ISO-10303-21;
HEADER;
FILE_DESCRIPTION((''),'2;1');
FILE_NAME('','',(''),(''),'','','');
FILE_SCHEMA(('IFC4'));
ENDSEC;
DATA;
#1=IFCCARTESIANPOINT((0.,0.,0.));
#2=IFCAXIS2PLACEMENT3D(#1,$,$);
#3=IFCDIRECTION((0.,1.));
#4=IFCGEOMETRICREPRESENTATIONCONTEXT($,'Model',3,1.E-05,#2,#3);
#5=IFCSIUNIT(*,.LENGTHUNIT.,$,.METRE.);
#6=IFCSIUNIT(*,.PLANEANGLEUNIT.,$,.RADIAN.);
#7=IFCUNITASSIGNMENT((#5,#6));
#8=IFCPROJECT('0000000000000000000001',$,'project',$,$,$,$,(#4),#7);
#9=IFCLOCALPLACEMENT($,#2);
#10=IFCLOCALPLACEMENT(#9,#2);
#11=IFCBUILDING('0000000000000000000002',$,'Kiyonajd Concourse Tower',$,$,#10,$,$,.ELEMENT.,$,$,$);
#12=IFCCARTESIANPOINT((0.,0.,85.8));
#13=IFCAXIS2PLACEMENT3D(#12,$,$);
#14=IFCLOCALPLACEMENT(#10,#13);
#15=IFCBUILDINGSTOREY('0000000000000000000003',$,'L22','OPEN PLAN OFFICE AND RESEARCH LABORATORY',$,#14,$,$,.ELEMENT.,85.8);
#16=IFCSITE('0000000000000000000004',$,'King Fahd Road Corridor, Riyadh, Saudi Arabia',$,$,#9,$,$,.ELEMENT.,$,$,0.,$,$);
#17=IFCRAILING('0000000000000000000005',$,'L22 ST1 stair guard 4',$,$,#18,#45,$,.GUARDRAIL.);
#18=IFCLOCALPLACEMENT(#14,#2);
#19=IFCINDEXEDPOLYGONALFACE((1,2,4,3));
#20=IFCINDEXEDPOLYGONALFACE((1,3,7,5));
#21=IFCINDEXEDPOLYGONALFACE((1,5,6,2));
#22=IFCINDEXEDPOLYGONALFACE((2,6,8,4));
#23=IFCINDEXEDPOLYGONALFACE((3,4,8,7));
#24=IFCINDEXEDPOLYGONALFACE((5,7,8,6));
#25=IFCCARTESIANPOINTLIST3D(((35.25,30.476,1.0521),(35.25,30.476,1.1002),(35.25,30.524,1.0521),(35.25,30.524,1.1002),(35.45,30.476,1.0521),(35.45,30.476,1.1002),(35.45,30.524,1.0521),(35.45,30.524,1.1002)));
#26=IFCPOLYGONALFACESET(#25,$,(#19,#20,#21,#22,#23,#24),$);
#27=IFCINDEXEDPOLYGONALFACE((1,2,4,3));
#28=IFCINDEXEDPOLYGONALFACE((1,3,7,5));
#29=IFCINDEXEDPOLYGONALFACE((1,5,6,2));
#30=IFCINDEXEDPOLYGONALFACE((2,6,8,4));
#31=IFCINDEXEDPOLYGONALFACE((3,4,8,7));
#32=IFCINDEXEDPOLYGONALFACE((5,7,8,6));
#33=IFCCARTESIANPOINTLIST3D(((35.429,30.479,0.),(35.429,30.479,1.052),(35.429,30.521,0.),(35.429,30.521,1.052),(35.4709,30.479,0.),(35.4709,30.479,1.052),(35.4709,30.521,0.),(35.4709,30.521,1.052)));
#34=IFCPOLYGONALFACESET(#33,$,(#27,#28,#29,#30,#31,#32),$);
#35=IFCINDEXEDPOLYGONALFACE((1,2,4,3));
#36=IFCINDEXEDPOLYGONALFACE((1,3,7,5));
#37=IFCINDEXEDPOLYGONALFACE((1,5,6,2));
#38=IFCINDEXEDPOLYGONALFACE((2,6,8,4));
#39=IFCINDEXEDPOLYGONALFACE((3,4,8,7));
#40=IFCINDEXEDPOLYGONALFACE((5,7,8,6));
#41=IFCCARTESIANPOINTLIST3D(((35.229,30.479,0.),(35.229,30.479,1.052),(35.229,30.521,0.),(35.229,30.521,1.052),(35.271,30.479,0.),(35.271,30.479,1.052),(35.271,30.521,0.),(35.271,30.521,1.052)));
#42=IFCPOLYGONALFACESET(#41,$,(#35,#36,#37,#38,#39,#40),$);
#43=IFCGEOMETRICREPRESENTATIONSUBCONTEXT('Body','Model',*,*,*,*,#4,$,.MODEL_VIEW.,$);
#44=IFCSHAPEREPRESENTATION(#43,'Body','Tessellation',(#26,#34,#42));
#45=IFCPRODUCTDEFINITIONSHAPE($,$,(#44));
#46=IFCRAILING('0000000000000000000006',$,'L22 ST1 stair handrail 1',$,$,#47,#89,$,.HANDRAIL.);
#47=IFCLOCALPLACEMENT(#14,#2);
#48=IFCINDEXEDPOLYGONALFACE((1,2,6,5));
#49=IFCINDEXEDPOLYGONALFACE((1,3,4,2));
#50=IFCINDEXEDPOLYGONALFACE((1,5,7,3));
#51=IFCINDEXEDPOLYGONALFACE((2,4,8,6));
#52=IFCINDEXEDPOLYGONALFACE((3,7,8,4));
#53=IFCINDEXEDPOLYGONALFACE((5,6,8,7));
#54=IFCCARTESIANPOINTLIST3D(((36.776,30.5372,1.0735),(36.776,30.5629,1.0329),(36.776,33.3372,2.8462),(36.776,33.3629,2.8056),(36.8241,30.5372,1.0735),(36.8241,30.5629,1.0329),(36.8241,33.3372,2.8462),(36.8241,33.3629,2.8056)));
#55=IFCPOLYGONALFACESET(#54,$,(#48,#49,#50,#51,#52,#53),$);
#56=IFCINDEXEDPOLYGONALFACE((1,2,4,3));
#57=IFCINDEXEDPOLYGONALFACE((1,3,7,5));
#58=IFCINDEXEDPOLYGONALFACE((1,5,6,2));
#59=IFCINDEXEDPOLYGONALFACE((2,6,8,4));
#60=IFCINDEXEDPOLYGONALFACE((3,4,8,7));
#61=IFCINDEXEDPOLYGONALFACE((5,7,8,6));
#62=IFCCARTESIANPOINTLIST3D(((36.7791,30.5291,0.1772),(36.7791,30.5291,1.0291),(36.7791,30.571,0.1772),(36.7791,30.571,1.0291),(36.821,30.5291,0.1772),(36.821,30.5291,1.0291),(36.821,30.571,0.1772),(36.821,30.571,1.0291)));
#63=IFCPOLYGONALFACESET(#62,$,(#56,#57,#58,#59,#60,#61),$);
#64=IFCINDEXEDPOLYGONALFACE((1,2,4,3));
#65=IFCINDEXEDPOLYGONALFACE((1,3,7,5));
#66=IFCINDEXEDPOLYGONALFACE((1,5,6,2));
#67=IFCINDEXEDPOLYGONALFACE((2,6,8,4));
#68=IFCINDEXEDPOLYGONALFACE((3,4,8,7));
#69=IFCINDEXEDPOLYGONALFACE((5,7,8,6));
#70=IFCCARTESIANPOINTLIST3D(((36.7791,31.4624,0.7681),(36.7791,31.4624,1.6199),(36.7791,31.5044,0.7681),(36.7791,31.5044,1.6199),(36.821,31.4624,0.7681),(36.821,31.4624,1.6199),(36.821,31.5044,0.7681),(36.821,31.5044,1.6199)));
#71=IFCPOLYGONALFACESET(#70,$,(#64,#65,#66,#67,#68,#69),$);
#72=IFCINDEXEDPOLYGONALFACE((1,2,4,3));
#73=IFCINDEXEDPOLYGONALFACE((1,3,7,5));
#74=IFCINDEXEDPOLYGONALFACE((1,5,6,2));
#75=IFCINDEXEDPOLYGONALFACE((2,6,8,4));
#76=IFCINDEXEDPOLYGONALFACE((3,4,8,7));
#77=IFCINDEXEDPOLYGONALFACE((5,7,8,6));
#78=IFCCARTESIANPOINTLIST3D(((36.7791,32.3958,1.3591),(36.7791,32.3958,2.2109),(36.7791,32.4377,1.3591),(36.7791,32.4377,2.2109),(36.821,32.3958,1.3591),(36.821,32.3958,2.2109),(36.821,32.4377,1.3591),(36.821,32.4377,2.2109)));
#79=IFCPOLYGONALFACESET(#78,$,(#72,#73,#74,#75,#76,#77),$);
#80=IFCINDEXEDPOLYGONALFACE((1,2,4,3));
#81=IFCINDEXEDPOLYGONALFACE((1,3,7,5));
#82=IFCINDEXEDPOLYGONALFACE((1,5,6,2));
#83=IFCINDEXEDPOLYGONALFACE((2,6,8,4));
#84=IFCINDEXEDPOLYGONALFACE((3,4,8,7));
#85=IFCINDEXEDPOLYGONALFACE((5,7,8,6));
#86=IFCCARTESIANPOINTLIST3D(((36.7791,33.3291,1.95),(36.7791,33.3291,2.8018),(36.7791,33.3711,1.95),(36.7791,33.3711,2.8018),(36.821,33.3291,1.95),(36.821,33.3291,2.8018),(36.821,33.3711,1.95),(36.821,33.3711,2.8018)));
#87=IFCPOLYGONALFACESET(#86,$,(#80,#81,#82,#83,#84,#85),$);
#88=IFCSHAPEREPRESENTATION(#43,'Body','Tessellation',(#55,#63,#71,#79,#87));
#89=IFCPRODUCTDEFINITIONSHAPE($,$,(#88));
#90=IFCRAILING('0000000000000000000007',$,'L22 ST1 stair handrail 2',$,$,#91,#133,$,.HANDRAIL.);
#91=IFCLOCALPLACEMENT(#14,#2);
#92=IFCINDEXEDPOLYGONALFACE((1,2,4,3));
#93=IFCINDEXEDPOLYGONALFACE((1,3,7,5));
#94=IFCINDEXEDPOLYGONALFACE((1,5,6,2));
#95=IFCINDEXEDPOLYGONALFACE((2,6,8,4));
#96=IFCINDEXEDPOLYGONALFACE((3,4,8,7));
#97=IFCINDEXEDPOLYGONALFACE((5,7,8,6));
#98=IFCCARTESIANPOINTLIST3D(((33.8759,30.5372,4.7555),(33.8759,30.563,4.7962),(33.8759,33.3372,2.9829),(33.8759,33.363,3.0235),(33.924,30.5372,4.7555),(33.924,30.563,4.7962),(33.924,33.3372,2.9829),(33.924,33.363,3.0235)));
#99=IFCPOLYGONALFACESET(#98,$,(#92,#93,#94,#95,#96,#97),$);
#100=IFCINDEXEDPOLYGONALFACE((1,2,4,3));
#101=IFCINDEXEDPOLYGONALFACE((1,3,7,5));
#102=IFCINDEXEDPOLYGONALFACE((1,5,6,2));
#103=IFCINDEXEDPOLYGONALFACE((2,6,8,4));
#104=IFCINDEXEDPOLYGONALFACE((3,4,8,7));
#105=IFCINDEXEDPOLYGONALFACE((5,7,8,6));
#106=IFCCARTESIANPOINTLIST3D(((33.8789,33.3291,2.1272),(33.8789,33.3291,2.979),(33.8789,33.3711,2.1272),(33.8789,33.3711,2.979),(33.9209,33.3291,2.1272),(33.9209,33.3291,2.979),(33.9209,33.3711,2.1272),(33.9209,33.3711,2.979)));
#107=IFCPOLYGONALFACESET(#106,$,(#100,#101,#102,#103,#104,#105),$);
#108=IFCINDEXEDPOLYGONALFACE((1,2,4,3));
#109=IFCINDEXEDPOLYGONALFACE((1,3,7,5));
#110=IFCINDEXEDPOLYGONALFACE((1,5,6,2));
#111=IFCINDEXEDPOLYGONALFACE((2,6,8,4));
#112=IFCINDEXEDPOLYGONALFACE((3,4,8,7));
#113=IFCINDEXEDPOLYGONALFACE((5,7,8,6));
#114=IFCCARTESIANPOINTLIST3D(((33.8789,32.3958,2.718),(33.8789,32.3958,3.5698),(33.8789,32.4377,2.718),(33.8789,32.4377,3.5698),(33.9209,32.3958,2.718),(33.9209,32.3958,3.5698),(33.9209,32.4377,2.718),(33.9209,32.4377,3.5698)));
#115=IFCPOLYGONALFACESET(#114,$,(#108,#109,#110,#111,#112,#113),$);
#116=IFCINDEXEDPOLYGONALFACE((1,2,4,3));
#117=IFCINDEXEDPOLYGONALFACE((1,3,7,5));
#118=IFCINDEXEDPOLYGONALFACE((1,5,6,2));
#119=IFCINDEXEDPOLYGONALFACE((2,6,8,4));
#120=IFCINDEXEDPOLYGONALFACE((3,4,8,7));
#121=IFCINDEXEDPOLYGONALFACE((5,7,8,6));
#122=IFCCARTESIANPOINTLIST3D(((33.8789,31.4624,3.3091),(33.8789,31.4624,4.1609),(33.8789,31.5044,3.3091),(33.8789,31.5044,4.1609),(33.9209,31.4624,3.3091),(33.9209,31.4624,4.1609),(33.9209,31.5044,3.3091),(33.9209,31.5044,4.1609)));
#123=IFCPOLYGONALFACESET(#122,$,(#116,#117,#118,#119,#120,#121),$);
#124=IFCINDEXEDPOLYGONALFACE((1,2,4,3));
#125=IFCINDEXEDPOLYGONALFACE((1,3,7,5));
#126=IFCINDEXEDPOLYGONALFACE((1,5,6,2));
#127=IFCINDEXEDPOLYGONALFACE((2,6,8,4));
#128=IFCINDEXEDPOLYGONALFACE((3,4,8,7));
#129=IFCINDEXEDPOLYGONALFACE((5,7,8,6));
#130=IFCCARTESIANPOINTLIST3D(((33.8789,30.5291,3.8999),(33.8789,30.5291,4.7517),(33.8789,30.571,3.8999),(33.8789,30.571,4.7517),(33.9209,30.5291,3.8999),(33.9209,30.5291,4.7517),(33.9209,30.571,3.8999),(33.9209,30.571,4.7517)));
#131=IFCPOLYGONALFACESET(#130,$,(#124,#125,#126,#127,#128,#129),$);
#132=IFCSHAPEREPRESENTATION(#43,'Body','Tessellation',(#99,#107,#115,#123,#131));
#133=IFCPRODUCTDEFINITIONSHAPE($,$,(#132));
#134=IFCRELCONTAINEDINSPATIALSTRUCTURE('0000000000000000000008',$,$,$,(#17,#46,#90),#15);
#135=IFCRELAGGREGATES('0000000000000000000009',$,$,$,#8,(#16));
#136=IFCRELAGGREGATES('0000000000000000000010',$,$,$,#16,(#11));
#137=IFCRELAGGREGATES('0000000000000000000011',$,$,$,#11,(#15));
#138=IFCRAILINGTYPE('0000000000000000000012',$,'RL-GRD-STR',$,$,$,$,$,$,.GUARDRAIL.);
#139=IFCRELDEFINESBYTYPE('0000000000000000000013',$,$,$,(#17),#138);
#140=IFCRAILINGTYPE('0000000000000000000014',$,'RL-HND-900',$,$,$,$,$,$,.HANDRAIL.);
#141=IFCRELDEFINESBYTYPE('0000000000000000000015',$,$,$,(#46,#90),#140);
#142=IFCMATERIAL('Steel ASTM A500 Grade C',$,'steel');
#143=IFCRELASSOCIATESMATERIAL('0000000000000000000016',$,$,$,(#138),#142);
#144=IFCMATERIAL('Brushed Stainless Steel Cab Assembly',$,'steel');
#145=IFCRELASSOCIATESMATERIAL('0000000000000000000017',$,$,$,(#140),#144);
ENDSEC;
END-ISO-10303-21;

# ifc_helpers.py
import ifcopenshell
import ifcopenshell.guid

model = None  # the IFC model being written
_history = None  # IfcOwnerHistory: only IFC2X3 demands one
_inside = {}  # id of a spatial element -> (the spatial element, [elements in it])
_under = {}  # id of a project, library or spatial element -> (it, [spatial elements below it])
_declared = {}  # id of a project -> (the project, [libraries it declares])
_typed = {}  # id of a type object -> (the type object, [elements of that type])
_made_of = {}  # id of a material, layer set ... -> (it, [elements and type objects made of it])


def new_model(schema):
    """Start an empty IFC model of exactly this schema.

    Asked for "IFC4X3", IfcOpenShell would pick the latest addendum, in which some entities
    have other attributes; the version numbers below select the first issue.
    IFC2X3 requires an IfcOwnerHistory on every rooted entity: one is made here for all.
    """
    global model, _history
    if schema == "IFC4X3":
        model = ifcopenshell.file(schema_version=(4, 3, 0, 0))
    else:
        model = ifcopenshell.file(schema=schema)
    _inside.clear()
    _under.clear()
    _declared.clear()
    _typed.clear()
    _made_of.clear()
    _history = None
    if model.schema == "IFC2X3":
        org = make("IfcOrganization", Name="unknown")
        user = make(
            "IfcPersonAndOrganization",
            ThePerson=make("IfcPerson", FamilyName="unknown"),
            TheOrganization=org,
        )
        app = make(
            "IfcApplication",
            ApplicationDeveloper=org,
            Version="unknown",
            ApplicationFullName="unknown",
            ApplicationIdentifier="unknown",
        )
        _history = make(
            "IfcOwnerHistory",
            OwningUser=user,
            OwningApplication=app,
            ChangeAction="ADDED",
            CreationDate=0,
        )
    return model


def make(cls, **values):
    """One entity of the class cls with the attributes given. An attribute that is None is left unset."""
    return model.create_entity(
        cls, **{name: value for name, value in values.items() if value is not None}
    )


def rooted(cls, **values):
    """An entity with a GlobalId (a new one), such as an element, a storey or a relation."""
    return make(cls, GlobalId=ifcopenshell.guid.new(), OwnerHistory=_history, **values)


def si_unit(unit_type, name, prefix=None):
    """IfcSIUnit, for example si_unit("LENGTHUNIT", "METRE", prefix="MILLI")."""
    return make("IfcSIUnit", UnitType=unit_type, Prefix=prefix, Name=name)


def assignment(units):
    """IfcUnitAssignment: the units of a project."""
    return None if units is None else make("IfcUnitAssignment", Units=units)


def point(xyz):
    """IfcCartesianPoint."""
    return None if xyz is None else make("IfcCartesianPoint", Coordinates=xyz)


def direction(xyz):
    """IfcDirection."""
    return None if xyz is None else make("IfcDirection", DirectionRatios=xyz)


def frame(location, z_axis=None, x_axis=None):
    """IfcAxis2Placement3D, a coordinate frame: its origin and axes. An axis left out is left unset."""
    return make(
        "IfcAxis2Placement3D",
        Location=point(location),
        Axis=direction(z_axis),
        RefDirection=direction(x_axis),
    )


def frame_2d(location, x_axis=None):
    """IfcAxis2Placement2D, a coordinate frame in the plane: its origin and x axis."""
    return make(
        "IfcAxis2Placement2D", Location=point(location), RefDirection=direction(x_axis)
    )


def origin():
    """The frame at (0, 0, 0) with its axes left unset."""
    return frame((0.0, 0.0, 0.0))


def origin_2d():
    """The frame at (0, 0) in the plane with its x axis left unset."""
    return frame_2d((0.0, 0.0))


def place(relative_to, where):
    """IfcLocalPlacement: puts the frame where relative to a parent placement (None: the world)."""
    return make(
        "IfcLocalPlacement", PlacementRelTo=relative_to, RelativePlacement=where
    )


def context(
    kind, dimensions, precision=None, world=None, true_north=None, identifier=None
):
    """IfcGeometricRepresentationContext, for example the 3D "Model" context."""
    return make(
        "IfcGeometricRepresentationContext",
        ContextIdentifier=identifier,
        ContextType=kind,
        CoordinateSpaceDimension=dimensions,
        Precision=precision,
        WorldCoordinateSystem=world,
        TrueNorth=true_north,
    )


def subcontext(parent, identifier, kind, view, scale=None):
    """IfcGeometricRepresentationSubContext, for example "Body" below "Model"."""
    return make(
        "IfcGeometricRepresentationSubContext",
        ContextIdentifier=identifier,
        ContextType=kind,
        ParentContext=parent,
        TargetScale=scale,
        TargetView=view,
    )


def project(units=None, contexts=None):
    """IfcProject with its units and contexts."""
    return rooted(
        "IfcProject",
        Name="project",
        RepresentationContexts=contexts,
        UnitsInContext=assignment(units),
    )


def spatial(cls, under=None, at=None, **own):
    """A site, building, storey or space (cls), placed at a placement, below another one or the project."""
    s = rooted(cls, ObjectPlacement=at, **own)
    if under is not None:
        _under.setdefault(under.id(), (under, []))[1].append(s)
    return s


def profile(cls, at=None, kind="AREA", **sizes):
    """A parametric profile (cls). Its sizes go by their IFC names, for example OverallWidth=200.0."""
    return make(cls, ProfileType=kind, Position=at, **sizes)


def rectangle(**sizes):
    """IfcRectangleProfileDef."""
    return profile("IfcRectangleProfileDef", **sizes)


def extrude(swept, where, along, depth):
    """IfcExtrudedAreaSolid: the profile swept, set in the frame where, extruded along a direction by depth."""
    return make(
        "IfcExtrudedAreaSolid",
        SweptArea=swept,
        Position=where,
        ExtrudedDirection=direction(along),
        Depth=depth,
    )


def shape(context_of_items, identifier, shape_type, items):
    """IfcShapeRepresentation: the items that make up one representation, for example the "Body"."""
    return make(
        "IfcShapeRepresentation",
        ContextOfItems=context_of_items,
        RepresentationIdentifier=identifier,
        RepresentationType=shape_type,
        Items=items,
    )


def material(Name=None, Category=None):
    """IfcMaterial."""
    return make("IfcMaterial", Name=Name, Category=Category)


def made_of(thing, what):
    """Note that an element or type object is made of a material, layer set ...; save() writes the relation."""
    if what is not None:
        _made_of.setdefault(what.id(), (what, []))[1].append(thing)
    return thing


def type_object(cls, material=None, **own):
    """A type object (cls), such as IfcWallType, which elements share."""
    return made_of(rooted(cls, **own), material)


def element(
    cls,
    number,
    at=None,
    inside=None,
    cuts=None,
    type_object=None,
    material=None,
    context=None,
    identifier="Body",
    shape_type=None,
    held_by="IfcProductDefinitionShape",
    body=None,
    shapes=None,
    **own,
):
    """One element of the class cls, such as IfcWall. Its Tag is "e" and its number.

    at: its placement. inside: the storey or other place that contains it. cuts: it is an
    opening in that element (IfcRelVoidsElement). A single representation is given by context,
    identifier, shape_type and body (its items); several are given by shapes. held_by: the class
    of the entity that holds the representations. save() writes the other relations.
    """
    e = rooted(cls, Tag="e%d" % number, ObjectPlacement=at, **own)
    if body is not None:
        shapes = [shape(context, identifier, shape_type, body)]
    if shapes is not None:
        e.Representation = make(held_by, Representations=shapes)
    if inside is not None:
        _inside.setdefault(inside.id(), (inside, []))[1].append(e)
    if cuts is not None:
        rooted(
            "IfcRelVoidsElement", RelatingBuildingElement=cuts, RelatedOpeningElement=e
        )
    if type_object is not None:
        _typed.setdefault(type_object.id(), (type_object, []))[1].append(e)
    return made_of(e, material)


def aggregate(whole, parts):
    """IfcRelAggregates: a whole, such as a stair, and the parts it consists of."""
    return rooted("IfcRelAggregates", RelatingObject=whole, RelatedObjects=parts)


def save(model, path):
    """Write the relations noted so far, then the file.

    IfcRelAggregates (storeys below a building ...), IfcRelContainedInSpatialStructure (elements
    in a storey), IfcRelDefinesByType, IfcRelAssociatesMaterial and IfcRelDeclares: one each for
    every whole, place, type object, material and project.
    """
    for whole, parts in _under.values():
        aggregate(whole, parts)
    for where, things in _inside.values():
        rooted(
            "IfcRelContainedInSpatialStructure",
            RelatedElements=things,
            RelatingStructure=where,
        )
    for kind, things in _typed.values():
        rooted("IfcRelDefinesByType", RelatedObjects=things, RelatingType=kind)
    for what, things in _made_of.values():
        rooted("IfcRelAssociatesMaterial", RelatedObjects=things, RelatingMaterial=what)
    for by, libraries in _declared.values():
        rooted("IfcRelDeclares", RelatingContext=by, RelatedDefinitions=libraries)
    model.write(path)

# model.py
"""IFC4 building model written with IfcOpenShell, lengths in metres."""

from ifc_helpers import new_model, si_unit, direction, frame, origin, origin_2d, place, context, subcontext, project, spatial, rectangle, extrude, material, type_object, element, save


model = new_model("IFC4")

# Units and contexts
model_context = context("Model", 3, precision=1e-05, world=origin(), true_north=direction((0.0, 1.0)))
body_context = subcontext(model_context, "Body", "Model", "MODEL_VIEW")
ifc_project = project(units=[si_unit("LENGTHUNIT", "METRE"), si_unit("PLANEANGLEUNIT", "RADIAN")], contexts=[model_context])

# Site, building, storey
site_placement = place(None, origin())
site = spatial("IfcSite", under=ifc_project, at=site_placement, Name="King Fahd Road Corridor, Riyadh, Saudi Arabia", CompositionType="ELEMENT", RefElevation=0.0)
building_placement = place(site_placement, origin())
building = spatial("IfcBuilding", under=site, at=building_placement, Name="Kiyonajd Concourse Tower", CompositionType="ELEMENT")
storey_placement = place(building_placement, frame((0.0, 0.0, 85.8)))
storey = spatial("IfcBuildingStorey", under=building, at=storey_placement, Name="L22", Description="OPEN PLAN OFFICE AND RESEARCH LABORATORY", CompositionType="ELEMENT", Elevation=85.8)

# Shared definitions
ifc_material_1 = material(Name="Brushed Stainless Steel Cab Assembly", Category="steel")

# Railings
ifc_material_2 = material(Name="Steel ASTM A500 Grade C", Category="steel")
railing_type_1 = type_object("IfcRailingType", Name="RL-GRD-STR", PredefinedType="GUARDRAIL", material=ifc_material_2)
railing_1_placement = place(storey_placement, frame((35.45, 30.5, 0.0)))
element("IfcRailing", 1, at=railing_1_placement, inside=storey, type_object=railing_type_1, Name="L22 ST1 stair guard 4", PredefinedType="GUARDRAIL", context=body_context, shape_type="SweptSolid", body=[
    extrude(rectangle(XDim=0.0481, YDim=0.0481, at=origin_2d()), frame((0.0, 0.0, 1.0762), z_axis=(-1.0, 0.0, 0.0), x_axis=(0.0, -1.0, 0.0)), (0.0, 0.0, 1.0), 0.2),
    extrude(rectangle(XDim=0.042, YDim=0.042, at=origin_2d()), origin(), (0.0, 0.0, 1.0), 1.052),
    extrude(rectangle(XDim=0.042, YDim=0.042, at=origin_2d()), frame((-0.2, 0.0, 0.0)), (0.0, 0.0, 1.0), 1.052),
])
railing_type_2 = type_object("IfcRailingType", Name="RL-HND-900", PredefinedType="HANDRAIL", material=ifc_material_1)
railing_2_placement = place(storey_placement, frame((36.8, 30.55, 0.1772)))
element("IfcRailing", 2, at=railing_2_placement, inside=storey, type_object=railing_type_2, Name="L22 ST1 stair handrail 1", PredefinedType="HANDRAIL", context=body_context, shape_type="SweptSolid", body=[
    extrude(rectangle(XDim=0.0481, YDim=0.0481, at=origin_2d()), frame((0.0, 0.0, 0.876), z_axis=(0.0, 0.844909, 0.53491), x_axis=(-1.0, 0.0, 0.0)), (0.0, 0.0, 1.0), 3.314),
    extrude(rectangle(XDim=0.042, YDim=0.042, at=origin_2d()), origin(), (0.0, 0.0, 1.0), 0.8518),
    extrude(rectangle(XDim=0.042, YDim=0.042, at=origin_2d()), frame((0.0, 0.9333, 0.5908)), (0.0, 0.0, 1.0), 0.8518),
    extrude(rectangle(XDim=0.042, YDim=0.042, at=origin_2d()), frame((0.0, 1.8667, 1.1819)), (0.0, 0.0, 1.0), 0.8518),
    extrude(rectangle(XDim=0.042, YDim=0.042, at=origin_2d()), frame((0.0, 2.8, 1.7727)), (0.0, 0.0, 1.0), 0.8518),
])
railing_3_placement = place(storey_placement, frame((33.8999, 33.3501, 2.1272)))
element("IfcRailing", 3, at=railing_3_placement, inside=storey, type_object=railing_type_2, Name="L22 ST1 stair handrail 2", PredefinedType="HANDRAIL", context=body_context, shape_type="SweptSolid", body=[
    extrude(rectangle(XDim=0.0481, YDim=0.0481, at=origin_2d()), frame((0.0, 0.0, 0.876), z_axis=(0.0, -0.844909, 0.53491), x_axis=(1.0, 0.0, 0.0)), (0.0, 0.0, 1.0), 3.314),
    extrude(rectangle(XDim=0.042, YDim=0.042, at=origin_2d()), origin(), (0.0, 0.0, 1.0), 0.8518),
    extrude(rectangle(XDim=0.042, YDim=0.042, at=origin_2d()), frame((0.0, -0.9333, 0.5908)), (0.0, 0.0, 1.0), 0.8518),
    extrude(rectangle(XDim=0.042, YDim=0.042, at=origin_2d()), frame((0.0, -1.8667, 1.1819)), (0.0, 0.0, 1.0), 0.8518),
    extrude(rectangle(XDim=0.042, YDim=0.042, at=origin_2d()), frame((0.0, -2.8, 1.7727)), (0.0, 0.0, 1.0), 0.8518),
])

save(model, "model.ifc")
